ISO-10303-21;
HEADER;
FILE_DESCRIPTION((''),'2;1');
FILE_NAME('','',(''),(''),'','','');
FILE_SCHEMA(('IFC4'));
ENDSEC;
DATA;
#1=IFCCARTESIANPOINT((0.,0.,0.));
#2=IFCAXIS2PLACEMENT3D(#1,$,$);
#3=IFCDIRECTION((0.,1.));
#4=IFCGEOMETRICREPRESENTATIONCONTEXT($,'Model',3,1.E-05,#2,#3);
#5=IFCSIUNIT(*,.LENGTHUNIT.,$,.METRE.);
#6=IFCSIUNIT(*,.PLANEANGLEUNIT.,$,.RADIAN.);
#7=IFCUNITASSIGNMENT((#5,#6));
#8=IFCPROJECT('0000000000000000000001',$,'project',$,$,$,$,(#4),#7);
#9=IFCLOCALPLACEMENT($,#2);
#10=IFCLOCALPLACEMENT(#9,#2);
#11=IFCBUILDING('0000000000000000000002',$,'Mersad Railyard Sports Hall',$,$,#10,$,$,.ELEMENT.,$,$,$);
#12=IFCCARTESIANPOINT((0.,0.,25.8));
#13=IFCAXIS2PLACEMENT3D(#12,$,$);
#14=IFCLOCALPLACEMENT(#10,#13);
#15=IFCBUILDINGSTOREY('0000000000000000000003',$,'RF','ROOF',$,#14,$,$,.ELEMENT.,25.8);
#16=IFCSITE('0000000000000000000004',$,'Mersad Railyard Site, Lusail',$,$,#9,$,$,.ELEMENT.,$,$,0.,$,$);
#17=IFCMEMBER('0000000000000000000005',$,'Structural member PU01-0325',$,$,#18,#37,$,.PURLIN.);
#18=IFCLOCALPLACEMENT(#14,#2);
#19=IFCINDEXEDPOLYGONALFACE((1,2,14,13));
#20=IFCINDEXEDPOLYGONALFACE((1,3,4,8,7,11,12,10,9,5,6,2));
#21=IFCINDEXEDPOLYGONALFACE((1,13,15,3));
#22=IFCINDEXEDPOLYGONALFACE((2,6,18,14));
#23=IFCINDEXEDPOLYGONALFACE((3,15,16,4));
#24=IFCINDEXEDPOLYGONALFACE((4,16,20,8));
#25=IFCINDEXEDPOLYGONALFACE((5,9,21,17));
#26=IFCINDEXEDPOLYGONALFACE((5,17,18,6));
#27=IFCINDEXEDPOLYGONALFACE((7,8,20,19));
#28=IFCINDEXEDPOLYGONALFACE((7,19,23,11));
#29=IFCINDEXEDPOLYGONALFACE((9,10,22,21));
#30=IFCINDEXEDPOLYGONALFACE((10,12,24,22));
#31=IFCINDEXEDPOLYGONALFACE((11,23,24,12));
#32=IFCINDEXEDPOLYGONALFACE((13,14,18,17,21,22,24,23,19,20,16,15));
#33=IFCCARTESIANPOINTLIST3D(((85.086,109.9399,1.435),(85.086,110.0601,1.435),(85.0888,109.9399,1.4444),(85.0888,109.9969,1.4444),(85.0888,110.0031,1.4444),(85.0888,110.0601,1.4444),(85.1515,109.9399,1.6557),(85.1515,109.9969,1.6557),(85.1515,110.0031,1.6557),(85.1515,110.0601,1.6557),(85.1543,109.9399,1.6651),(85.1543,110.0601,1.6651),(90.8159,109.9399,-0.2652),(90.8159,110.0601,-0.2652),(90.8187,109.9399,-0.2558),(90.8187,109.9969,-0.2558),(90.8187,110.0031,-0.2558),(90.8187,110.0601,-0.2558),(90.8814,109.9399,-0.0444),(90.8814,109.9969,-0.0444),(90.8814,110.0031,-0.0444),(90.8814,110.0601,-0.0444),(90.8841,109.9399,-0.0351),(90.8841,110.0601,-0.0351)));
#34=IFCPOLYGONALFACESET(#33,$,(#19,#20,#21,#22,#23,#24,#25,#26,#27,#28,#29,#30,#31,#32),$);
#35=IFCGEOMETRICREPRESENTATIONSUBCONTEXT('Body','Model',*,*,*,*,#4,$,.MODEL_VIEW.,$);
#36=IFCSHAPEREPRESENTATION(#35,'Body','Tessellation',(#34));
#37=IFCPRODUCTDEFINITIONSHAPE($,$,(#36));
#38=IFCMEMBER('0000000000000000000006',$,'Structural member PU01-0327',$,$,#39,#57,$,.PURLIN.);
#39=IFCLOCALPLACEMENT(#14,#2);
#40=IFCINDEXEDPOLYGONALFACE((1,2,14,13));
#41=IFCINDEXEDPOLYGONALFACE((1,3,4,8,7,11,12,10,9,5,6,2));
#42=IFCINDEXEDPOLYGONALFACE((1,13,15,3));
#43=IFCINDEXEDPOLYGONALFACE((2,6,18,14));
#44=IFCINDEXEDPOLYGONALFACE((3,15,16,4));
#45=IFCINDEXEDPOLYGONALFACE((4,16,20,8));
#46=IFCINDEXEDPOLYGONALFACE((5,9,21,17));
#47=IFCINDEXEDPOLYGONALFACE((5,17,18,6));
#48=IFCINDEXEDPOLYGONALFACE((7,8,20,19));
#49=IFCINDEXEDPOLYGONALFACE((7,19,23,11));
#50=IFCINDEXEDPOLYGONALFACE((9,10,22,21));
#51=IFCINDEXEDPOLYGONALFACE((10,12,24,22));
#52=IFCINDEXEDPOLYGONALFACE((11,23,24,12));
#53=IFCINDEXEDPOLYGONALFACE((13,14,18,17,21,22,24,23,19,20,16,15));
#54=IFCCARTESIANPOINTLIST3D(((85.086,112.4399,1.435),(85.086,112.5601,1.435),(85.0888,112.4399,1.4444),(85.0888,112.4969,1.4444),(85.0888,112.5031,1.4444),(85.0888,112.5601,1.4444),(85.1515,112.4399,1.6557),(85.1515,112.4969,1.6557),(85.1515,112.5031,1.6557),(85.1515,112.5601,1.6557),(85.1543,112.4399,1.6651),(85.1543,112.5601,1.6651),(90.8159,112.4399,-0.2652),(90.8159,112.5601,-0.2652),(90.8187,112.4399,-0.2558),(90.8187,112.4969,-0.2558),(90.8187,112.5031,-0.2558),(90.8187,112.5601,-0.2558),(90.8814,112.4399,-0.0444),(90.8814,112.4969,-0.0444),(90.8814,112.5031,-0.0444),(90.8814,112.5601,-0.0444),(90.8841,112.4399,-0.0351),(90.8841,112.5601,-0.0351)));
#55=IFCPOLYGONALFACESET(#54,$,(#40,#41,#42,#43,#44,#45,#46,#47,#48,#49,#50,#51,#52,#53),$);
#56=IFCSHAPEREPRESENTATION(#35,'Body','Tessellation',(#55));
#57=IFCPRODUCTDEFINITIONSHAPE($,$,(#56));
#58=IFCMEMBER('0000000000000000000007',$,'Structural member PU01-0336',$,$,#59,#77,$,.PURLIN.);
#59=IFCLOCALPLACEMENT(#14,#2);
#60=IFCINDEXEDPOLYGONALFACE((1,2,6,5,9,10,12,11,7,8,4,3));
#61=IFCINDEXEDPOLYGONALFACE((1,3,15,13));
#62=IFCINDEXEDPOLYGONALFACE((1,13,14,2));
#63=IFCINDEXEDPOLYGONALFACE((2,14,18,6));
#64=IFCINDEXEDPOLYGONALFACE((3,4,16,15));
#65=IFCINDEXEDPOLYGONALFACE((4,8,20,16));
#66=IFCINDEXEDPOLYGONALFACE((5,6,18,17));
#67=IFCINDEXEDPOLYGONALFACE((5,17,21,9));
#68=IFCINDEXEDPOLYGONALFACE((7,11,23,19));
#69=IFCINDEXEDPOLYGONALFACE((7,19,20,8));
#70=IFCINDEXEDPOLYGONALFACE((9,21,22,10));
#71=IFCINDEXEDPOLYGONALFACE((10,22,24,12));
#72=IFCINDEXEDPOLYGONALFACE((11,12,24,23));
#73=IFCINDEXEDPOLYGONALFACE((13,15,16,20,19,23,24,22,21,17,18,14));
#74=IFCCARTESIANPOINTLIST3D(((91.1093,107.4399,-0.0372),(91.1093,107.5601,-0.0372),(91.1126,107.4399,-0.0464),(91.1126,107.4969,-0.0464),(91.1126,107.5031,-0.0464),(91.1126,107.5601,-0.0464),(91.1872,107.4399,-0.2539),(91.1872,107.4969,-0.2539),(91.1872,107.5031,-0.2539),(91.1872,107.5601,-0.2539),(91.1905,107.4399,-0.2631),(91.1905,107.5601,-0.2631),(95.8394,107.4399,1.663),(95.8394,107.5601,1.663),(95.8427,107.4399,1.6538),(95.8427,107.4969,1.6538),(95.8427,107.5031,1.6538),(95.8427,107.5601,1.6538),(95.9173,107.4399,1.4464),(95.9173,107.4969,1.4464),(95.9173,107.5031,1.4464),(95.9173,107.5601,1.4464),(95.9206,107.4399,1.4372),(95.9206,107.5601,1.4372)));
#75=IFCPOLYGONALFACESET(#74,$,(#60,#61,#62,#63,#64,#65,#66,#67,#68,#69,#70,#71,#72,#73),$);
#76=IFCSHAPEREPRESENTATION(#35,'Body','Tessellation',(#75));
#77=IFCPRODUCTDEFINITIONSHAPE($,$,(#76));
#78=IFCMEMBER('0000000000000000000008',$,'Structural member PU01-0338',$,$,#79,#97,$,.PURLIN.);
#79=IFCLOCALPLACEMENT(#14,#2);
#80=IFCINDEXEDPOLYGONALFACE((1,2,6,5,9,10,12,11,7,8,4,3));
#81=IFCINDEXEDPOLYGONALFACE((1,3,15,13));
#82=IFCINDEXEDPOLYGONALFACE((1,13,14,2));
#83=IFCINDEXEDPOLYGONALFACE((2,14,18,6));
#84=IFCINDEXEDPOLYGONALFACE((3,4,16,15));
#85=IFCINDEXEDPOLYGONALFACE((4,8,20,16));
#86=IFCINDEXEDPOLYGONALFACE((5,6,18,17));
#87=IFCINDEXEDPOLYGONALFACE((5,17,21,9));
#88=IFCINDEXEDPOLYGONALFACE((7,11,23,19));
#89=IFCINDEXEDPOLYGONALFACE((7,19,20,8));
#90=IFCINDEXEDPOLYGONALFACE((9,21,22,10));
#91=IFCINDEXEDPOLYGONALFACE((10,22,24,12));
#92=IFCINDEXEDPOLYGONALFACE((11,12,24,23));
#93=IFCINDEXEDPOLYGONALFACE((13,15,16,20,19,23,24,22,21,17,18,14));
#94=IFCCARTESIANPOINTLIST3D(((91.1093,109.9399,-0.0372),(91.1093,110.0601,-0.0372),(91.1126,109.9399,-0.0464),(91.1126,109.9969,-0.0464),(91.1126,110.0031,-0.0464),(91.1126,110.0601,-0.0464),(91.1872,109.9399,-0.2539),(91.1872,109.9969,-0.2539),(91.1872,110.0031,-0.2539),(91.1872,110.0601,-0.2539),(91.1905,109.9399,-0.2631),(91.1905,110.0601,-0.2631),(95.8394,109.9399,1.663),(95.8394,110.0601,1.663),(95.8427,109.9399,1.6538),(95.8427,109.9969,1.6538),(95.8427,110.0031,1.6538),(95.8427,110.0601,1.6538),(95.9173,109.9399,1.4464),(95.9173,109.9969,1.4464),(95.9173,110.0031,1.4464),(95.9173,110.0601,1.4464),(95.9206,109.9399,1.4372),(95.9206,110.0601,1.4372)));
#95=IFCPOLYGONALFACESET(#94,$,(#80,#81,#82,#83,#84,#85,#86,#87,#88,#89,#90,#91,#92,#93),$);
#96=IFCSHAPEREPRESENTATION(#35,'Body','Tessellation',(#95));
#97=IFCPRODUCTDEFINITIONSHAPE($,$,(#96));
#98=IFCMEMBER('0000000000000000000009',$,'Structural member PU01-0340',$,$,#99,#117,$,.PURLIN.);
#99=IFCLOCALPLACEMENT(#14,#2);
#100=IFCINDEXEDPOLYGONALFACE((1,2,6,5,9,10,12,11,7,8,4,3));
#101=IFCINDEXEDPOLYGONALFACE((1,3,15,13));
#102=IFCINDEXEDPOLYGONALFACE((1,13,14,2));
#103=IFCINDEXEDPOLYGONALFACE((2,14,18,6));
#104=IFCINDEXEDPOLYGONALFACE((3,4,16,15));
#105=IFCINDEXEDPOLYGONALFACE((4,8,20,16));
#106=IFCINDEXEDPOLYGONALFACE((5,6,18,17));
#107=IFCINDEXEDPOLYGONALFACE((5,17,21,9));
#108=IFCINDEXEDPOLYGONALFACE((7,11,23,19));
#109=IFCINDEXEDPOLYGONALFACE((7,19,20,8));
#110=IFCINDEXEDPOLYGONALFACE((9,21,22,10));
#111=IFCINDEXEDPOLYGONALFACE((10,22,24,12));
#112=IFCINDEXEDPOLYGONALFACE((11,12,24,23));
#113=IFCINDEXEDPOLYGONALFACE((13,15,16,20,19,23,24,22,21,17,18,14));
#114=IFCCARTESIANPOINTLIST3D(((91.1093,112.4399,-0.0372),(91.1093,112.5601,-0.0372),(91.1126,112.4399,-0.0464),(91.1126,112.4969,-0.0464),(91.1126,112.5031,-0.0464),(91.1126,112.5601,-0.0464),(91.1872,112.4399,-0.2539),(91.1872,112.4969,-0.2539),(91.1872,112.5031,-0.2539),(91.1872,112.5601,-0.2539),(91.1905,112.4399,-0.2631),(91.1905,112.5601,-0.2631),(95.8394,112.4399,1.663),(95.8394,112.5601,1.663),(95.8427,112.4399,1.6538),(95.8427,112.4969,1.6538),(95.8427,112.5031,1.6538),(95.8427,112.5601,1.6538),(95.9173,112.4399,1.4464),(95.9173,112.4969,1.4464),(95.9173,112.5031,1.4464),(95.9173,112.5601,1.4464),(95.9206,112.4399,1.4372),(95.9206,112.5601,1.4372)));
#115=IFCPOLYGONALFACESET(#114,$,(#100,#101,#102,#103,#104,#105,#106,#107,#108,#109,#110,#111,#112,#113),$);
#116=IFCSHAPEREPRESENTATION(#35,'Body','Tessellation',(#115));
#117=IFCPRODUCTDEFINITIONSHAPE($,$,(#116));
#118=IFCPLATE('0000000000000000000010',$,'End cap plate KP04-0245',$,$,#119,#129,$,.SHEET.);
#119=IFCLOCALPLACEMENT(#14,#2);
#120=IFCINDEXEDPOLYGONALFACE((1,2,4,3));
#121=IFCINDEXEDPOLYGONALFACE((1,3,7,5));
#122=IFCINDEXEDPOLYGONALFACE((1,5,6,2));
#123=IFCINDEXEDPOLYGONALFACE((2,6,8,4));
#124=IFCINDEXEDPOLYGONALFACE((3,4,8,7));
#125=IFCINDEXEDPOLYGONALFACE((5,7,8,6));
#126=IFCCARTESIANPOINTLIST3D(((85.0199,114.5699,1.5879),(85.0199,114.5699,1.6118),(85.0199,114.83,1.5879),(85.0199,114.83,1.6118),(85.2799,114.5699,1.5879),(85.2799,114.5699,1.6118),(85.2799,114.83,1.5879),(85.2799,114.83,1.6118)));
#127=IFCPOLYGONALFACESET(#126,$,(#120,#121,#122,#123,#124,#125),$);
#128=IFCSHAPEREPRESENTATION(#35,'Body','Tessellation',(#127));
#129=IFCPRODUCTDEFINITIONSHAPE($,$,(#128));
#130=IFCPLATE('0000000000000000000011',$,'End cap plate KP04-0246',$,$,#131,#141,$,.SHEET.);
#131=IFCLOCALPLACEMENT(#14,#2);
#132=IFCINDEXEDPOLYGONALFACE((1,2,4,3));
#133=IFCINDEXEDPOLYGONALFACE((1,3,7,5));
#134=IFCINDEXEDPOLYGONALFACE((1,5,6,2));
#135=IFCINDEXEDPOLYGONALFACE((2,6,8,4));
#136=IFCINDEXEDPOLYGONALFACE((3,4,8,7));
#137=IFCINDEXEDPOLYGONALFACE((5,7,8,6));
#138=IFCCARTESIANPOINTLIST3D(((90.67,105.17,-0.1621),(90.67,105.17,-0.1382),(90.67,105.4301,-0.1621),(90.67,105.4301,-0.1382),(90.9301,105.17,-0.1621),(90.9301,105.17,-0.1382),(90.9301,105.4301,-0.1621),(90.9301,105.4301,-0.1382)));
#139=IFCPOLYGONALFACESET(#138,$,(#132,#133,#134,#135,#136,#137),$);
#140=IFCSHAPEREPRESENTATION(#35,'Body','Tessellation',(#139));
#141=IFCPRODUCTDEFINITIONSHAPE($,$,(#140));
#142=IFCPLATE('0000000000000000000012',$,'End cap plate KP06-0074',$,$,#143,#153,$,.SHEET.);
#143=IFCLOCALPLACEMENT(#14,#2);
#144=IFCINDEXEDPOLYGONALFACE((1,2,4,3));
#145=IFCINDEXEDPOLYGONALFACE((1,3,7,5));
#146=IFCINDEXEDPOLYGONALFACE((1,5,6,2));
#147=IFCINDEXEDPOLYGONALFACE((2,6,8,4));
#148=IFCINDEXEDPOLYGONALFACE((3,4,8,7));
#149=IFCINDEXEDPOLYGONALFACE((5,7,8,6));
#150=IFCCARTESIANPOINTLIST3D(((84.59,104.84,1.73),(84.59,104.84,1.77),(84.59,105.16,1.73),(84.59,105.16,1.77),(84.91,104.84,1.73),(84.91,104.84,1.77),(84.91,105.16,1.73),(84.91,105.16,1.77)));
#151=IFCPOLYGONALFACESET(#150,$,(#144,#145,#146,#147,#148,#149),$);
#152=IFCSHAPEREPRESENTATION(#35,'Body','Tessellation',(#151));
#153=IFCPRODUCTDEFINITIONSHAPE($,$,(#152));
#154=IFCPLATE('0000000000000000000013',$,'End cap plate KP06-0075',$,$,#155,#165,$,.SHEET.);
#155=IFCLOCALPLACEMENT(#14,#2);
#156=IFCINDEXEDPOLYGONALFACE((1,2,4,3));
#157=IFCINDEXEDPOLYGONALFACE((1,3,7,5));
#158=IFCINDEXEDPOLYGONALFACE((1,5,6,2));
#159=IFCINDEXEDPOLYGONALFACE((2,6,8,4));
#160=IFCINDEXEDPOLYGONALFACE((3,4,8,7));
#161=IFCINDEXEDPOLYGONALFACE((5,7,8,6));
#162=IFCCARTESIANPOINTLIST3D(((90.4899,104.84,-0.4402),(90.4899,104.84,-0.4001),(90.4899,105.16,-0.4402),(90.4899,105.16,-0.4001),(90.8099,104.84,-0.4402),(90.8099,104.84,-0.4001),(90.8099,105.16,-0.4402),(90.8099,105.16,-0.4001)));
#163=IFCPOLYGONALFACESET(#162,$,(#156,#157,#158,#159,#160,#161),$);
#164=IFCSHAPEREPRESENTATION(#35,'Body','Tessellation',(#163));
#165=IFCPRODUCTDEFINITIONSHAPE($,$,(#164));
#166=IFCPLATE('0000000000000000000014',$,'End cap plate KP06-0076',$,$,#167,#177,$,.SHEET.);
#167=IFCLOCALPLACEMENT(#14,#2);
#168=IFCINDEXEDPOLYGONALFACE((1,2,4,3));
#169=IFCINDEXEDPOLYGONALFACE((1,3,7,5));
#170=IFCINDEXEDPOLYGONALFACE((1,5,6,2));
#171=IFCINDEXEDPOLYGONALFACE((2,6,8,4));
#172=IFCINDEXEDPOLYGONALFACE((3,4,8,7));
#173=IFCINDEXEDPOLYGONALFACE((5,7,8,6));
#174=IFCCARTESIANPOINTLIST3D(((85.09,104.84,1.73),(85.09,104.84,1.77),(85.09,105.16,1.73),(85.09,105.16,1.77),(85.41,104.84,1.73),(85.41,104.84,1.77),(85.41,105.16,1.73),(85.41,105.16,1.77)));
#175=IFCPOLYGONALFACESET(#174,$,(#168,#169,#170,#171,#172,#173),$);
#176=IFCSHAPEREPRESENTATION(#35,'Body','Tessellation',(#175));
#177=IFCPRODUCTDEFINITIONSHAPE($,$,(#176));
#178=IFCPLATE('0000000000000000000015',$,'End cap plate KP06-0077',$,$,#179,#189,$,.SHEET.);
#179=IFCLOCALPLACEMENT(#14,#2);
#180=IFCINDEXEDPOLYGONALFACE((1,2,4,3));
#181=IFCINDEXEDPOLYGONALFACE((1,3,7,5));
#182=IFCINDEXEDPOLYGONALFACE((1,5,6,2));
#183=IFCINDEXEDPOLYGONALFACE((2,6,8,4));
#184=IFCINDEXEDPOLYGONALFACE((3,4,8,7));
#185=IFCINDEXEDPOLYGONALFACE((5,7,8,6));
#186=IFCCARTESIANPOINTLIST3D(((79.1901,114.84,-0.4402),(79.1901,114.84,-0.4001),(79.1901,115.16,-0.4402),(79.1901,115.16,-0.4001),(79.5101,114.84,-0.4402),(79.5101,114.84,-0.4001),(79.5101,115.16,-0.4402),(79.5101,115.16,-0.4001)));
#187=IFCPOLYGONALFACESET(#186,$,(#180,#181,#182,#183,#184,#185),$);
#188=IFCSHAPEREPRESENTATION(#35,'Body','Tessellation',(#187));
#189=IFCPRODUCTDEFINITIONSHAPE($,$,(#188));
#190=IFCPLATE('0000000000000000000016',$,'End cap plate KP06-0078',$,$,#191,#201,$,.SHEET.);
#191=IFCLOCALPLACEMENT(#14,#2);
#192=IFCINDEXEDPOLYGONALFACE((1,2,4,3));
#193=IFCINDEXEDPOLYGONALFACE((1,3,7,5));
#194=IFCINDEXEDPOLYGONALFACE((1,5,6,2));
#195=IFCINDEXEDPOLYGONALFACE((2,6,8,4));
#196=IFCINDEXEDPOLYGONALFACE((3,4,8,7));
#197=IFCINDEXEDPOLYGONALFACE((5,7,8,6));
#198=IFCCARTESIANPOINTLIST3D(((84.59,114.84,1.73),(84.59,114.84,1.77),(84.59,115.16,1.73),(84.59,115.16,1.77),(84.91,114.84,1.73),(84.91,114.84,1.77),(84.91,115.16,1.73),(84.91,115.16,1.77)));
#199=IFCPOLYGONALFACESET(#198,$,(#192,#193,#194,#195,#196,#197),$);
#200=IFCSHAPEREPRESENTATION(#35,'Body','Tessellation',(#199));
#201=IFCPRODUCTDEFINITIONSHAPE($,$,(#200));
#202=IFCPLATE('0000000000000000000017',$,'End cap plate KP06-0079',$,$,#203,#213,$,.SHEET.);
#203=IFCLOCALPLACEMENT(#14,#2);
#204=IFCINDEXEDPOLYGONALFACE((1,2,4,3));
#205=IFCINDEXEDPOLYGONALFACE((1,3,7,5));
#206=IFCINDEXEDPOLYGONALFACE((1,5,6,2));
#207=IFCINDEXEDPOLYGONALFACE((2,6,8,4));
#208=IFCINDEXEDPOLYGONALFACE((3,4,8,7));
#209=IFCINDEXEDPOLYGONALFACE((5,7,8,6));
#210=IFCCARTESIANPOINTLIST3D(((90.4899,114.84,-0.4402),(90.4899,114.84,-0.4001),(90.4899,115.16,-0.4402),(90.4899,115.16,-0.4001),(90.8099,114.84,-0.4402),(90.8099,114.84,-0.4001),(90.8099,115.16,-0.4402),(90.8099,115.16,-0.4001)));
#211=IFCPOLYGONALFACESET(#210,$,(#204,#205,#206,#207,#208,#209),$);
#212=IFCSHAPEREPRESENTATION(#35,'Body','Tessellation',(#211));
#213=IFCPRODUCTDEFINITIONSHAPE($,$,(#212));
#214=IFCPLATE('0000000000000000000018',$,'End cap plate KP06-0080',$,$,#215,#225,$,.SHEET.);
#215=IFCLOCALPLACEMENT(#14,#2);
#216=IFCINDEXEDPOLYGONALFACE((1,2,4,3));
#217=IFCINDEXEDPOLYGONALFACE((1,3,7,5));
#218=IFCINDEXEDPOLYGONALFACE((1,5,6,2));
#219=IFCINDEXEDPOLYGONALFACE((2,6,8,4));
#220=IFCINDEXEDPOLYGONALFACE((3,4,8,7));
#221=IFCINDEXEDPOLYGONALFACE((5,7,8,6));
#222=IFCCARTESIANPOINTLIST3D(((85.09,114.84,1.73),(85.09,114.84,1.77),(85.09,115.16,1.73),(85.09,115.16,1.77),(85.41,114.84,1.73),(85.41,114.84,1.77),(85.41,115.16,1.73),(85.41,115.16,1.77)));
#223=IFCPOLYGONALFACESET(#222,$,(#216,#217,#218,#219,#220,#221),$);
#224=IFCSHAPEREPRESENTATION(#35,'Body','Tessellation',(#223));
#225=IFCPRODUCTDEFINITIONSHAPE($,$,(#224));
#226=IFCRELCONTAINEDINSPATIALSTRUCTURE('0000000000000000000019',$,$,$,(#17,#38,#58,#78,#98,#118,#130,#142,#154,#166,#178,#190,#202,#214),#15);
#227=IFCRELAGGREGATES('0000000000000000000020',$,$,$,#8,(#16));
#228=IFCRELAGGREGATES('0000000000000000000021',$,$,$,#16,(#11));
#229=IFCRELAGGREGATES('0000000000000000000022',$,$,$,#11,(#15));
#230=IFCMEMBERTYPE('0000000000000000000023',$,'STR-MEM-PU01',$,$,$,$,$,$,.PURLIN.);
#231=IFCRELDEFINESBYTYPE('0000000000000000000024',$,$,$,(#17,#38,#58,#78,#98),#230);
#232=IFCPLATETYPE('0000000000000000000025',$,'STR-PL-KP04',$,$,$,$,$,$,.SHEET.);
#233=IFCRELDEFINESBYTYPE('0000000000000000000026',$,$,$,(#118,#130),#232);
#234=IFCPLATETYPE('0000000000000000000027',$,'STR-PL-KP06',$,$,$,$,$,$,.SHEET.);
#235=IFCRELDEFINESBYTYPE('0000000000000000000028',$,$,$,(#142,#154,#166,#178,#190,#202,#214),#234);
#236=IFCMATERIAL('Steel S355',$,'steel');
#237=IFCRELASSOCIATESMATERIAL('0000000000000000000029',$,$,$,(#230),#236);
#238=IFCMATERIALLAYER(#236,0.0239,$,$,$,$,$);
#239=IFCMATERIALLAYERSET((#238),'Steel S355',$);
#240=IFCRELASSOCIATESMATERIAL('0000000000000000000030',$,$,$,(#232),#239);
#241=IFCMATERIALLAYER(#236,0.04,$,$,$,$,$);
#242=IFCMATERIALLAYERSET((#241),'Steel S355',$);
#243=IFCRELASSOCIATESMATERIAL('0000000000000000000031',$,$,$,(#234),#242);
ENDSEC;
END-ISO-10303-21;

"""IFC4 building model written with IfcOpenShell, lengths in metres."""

from ifc_helpers import new_model, si_unit, direction, frame, origin, origin_2d, place, context, subcontext, project, spatial, rectangle, i_section, extrude, material, layer, layer_set, material_profile, profile_set, type_object, element, save


model = new_model("IFC4")

# Units and contexts
model_context = context("Model", 3, precision=1e-05, world=origin(), true_north=direction((0.0, 1.0)))
body_context = subcontext(model_context, "Body", "Model", "MODEL_VIEW")
ifc_project = project(units=[si_unit("LENGTHUNIT", "METRE"), si_unit("PLANEANGLEUNIT", "RADIAN")], contexts=[model_context])

# Site, building, storey
site_placement = place(None, origin())
site = spatial("IfcSite", under=ifc_project, at=site_placement, Name="Mersad Railyard Site, Lusail", CompositionType="ELEMENT", RefElevation=0.0)
building_placement = place(site_placement, origin())
building = spatial("IfcBuilding", under=site, at=building_placement, Name="Mersad Railyard Sports Hall", CompositionType="ELEMENT")
storey_placement = place(building_placement, frame((0.0, 0.0, 25.8)))
storey = spatial("IfcBuildingStorey", under=building, at=storey_placement, Name="RF", Description="ROOF", CompositionType="ELEMENT", Elevation=25.8)

# Shared definitions
ifc_material_1 = material(Name="Steel S355", Category="steel")

# Members
ifc_material_profile_1 = material_profile(ifc_material_1, i_section(OverallWidth=0.1201, OverallDepth=0.24, WebThickness=0.0061, FlangeThickness=0.0098, at=origin_2d()), Name="IPE 240")
ifc_profile_set_1 = profile_set([ifc_material_profile_1], Name="Steel S355")
member_type_1 = type_object("IfcMemberType", Name="STR-MEM-PU01", PredefinedType="PURLIN", material=ifc_profile_set_1)
for number, where, z_axis, x_axis, name in (
    (1, (85.1201, 110.0, 1.55), (0.958688, 0.0, -0.284461), (0.0, 1.0, 0.0), "Structural member PU01-0325"),
    (2, (85.1201, 112.5, 1.55), (0.958688, 0.0, -0.284461), (0.0, 1.0, 0.0), "Structural member PU01-0327"),
):
    element("IfcMember", number, at=place(storey_placement, frame(where, z_axis=z_axis, x_axis=x_axis)), inside=storey, type_object=member_type_1, Name=name, PredefinedType="PURLIN", context=body_context, shape_type="SweptSolid", body=[
        extrude(i_section(OverallWidth=0.1201, OverallDepth=0.24, WebThickness=0.0061, FlangeThickness=0.0098, at=origin_2d()), origin(), (0.0, 0.0, 1.0), 5.9768),
    ])
for number, where, z_axis, x_axis, name in (
    (3, (91.1499, 107.5, -0.1501), (0.941052, 0.0, 0.338262), (0.0, 1.0, 0.0), "Structural member PU01-0336"),
    (4, (91.1499, 110.0, -0.1501), (0.941052, 0.0, 0.338262), (0.0, 1.0, 0.0), "Structural member PU01-0338"),
    (5, (91.1499, 112.5, -0.1501), (0.941052, 0.0, 0.338262), (0.0, 1.0, 0.0), "Structural member PU01-0340"),
):
    element("IfcMember", number, at=place(storey_placement, frame(where, z_axis=z_axis, x_axis=x_axis)), inside=storey, type_object=member_type_1, Name=name, PredefinedType="PURLIN", context=body_context, shape_type="SweptSolid", body=[
        extrude(i_section(OverallWidth=0.1201, OverallDepth=0.24, WebThickness=0.0061, FlangeThickness=0.0098, at=origin_2d()), origin(), (0.0, 0.0, 1.0), 5.0264),
    ])

# Plates
ifc_layer_1 = layer(ifc_material_1, 0.0239)
ifc_layer_set_1 = layer_set([ifc_layer_1], Name="Steel S355")
plate_type_1 = type_object("IfcPlateType", Name="STR-PL-KP04", PredefinedType="SHEET", material=ifc_layer_set_1)
for number, where, z_axis, x_axis, name in (
    (6, (85.1499, 114.7, 1.5879), (0.0, 0.0, 1.0), (1.0, 0.0, 0.0), "End cap plate KP04-0245"),
    (7, (90.8, 105.3, -0.1621), (0.0, 0.0, 1.0), (1.0, 0.0, 0.0), "End cap plate KP04-0246"),
):
    element("IfcPlate", number, at=place(storey_placement, frame(where, z_axis=z_axis, x_axis=x_axis)), inside=storey, type_object=plate_type_1, Name=name, PredefinedType="SHEET", context=body_context, shape_type="SweptSolid", body=[
        extrude(rectangle(XDim=0.26, YDim=0.26, at=origin_2d()), origin(), (0.0, 0.0, 1.0), 0.0239),
    ])
ifc_layer_2 = layer(ifc_material_1, 0.04)
ifc_layer_set_2 = layer_set([ifc_layer_2], Name="Steel S355")
plate_type_2 = type_object("IfcPlateType", Name="STR-PL-KP06", PredefinedType="SHEET", material=ifc_layer_set_2)
for number, where, z_axis, x_axis, name in (
    (8, (84.75, 105.0, 1.73), (0.0, 0.0, 1.0), (1.0, 0.0, 0.0), "End cap plate KP06-0074"),
    (9, (90.6499, 105.0, -0.4402), (0.0, 0.0, 1.0), (1.0, 0.0, 0.0), "End cap plate KP06-0075"),
    (10, (85.25, 105.0, 1.73), (0.0, 0.0, 1.0), (1.0, 0.0, 0.0), "End cap plate KP06-0076"),
    (11, (79.3501, 115.0, -0.4402), (0.0, 0.0, 1.0), (1.0, 0.0, 0.0), "End cap plate KP06-0077"),
    (12, (84.75, 115.0, 1.73), (0.0, 0.0, 1.0), (1.0, 0.0, 0.0), "End cap plate KP06-0078"),
    (13, (90.6499, 115.0, -0.4402), (0.0, 0.0, 1.0), (1.0, 0.0, 0.0), "End cap plate KP06-0079"),
    (14, (85.25, 115.0, 1.73), (0.0, 0.0, 1.0), (1.0, 0.0, 0.0), "End cap plate KP06-0080"),
):
    element("IfcPlate", number, at=place(storey_placement, frame(where, z_axis=z_axis, x_axis=x_axis)), inside=storey, type_object=plate_type_2, Name=name, PredefinedType="SHEET", context=body_context, shape_type="SweptSolid", body=[
        extrude(rectangle(XDim=0.3201, YDim=0.3201, at=origin_2d()), origin(), (0.0, 0.0, 1.0), 0.04),
    ])

save(model, "model.ifc")
